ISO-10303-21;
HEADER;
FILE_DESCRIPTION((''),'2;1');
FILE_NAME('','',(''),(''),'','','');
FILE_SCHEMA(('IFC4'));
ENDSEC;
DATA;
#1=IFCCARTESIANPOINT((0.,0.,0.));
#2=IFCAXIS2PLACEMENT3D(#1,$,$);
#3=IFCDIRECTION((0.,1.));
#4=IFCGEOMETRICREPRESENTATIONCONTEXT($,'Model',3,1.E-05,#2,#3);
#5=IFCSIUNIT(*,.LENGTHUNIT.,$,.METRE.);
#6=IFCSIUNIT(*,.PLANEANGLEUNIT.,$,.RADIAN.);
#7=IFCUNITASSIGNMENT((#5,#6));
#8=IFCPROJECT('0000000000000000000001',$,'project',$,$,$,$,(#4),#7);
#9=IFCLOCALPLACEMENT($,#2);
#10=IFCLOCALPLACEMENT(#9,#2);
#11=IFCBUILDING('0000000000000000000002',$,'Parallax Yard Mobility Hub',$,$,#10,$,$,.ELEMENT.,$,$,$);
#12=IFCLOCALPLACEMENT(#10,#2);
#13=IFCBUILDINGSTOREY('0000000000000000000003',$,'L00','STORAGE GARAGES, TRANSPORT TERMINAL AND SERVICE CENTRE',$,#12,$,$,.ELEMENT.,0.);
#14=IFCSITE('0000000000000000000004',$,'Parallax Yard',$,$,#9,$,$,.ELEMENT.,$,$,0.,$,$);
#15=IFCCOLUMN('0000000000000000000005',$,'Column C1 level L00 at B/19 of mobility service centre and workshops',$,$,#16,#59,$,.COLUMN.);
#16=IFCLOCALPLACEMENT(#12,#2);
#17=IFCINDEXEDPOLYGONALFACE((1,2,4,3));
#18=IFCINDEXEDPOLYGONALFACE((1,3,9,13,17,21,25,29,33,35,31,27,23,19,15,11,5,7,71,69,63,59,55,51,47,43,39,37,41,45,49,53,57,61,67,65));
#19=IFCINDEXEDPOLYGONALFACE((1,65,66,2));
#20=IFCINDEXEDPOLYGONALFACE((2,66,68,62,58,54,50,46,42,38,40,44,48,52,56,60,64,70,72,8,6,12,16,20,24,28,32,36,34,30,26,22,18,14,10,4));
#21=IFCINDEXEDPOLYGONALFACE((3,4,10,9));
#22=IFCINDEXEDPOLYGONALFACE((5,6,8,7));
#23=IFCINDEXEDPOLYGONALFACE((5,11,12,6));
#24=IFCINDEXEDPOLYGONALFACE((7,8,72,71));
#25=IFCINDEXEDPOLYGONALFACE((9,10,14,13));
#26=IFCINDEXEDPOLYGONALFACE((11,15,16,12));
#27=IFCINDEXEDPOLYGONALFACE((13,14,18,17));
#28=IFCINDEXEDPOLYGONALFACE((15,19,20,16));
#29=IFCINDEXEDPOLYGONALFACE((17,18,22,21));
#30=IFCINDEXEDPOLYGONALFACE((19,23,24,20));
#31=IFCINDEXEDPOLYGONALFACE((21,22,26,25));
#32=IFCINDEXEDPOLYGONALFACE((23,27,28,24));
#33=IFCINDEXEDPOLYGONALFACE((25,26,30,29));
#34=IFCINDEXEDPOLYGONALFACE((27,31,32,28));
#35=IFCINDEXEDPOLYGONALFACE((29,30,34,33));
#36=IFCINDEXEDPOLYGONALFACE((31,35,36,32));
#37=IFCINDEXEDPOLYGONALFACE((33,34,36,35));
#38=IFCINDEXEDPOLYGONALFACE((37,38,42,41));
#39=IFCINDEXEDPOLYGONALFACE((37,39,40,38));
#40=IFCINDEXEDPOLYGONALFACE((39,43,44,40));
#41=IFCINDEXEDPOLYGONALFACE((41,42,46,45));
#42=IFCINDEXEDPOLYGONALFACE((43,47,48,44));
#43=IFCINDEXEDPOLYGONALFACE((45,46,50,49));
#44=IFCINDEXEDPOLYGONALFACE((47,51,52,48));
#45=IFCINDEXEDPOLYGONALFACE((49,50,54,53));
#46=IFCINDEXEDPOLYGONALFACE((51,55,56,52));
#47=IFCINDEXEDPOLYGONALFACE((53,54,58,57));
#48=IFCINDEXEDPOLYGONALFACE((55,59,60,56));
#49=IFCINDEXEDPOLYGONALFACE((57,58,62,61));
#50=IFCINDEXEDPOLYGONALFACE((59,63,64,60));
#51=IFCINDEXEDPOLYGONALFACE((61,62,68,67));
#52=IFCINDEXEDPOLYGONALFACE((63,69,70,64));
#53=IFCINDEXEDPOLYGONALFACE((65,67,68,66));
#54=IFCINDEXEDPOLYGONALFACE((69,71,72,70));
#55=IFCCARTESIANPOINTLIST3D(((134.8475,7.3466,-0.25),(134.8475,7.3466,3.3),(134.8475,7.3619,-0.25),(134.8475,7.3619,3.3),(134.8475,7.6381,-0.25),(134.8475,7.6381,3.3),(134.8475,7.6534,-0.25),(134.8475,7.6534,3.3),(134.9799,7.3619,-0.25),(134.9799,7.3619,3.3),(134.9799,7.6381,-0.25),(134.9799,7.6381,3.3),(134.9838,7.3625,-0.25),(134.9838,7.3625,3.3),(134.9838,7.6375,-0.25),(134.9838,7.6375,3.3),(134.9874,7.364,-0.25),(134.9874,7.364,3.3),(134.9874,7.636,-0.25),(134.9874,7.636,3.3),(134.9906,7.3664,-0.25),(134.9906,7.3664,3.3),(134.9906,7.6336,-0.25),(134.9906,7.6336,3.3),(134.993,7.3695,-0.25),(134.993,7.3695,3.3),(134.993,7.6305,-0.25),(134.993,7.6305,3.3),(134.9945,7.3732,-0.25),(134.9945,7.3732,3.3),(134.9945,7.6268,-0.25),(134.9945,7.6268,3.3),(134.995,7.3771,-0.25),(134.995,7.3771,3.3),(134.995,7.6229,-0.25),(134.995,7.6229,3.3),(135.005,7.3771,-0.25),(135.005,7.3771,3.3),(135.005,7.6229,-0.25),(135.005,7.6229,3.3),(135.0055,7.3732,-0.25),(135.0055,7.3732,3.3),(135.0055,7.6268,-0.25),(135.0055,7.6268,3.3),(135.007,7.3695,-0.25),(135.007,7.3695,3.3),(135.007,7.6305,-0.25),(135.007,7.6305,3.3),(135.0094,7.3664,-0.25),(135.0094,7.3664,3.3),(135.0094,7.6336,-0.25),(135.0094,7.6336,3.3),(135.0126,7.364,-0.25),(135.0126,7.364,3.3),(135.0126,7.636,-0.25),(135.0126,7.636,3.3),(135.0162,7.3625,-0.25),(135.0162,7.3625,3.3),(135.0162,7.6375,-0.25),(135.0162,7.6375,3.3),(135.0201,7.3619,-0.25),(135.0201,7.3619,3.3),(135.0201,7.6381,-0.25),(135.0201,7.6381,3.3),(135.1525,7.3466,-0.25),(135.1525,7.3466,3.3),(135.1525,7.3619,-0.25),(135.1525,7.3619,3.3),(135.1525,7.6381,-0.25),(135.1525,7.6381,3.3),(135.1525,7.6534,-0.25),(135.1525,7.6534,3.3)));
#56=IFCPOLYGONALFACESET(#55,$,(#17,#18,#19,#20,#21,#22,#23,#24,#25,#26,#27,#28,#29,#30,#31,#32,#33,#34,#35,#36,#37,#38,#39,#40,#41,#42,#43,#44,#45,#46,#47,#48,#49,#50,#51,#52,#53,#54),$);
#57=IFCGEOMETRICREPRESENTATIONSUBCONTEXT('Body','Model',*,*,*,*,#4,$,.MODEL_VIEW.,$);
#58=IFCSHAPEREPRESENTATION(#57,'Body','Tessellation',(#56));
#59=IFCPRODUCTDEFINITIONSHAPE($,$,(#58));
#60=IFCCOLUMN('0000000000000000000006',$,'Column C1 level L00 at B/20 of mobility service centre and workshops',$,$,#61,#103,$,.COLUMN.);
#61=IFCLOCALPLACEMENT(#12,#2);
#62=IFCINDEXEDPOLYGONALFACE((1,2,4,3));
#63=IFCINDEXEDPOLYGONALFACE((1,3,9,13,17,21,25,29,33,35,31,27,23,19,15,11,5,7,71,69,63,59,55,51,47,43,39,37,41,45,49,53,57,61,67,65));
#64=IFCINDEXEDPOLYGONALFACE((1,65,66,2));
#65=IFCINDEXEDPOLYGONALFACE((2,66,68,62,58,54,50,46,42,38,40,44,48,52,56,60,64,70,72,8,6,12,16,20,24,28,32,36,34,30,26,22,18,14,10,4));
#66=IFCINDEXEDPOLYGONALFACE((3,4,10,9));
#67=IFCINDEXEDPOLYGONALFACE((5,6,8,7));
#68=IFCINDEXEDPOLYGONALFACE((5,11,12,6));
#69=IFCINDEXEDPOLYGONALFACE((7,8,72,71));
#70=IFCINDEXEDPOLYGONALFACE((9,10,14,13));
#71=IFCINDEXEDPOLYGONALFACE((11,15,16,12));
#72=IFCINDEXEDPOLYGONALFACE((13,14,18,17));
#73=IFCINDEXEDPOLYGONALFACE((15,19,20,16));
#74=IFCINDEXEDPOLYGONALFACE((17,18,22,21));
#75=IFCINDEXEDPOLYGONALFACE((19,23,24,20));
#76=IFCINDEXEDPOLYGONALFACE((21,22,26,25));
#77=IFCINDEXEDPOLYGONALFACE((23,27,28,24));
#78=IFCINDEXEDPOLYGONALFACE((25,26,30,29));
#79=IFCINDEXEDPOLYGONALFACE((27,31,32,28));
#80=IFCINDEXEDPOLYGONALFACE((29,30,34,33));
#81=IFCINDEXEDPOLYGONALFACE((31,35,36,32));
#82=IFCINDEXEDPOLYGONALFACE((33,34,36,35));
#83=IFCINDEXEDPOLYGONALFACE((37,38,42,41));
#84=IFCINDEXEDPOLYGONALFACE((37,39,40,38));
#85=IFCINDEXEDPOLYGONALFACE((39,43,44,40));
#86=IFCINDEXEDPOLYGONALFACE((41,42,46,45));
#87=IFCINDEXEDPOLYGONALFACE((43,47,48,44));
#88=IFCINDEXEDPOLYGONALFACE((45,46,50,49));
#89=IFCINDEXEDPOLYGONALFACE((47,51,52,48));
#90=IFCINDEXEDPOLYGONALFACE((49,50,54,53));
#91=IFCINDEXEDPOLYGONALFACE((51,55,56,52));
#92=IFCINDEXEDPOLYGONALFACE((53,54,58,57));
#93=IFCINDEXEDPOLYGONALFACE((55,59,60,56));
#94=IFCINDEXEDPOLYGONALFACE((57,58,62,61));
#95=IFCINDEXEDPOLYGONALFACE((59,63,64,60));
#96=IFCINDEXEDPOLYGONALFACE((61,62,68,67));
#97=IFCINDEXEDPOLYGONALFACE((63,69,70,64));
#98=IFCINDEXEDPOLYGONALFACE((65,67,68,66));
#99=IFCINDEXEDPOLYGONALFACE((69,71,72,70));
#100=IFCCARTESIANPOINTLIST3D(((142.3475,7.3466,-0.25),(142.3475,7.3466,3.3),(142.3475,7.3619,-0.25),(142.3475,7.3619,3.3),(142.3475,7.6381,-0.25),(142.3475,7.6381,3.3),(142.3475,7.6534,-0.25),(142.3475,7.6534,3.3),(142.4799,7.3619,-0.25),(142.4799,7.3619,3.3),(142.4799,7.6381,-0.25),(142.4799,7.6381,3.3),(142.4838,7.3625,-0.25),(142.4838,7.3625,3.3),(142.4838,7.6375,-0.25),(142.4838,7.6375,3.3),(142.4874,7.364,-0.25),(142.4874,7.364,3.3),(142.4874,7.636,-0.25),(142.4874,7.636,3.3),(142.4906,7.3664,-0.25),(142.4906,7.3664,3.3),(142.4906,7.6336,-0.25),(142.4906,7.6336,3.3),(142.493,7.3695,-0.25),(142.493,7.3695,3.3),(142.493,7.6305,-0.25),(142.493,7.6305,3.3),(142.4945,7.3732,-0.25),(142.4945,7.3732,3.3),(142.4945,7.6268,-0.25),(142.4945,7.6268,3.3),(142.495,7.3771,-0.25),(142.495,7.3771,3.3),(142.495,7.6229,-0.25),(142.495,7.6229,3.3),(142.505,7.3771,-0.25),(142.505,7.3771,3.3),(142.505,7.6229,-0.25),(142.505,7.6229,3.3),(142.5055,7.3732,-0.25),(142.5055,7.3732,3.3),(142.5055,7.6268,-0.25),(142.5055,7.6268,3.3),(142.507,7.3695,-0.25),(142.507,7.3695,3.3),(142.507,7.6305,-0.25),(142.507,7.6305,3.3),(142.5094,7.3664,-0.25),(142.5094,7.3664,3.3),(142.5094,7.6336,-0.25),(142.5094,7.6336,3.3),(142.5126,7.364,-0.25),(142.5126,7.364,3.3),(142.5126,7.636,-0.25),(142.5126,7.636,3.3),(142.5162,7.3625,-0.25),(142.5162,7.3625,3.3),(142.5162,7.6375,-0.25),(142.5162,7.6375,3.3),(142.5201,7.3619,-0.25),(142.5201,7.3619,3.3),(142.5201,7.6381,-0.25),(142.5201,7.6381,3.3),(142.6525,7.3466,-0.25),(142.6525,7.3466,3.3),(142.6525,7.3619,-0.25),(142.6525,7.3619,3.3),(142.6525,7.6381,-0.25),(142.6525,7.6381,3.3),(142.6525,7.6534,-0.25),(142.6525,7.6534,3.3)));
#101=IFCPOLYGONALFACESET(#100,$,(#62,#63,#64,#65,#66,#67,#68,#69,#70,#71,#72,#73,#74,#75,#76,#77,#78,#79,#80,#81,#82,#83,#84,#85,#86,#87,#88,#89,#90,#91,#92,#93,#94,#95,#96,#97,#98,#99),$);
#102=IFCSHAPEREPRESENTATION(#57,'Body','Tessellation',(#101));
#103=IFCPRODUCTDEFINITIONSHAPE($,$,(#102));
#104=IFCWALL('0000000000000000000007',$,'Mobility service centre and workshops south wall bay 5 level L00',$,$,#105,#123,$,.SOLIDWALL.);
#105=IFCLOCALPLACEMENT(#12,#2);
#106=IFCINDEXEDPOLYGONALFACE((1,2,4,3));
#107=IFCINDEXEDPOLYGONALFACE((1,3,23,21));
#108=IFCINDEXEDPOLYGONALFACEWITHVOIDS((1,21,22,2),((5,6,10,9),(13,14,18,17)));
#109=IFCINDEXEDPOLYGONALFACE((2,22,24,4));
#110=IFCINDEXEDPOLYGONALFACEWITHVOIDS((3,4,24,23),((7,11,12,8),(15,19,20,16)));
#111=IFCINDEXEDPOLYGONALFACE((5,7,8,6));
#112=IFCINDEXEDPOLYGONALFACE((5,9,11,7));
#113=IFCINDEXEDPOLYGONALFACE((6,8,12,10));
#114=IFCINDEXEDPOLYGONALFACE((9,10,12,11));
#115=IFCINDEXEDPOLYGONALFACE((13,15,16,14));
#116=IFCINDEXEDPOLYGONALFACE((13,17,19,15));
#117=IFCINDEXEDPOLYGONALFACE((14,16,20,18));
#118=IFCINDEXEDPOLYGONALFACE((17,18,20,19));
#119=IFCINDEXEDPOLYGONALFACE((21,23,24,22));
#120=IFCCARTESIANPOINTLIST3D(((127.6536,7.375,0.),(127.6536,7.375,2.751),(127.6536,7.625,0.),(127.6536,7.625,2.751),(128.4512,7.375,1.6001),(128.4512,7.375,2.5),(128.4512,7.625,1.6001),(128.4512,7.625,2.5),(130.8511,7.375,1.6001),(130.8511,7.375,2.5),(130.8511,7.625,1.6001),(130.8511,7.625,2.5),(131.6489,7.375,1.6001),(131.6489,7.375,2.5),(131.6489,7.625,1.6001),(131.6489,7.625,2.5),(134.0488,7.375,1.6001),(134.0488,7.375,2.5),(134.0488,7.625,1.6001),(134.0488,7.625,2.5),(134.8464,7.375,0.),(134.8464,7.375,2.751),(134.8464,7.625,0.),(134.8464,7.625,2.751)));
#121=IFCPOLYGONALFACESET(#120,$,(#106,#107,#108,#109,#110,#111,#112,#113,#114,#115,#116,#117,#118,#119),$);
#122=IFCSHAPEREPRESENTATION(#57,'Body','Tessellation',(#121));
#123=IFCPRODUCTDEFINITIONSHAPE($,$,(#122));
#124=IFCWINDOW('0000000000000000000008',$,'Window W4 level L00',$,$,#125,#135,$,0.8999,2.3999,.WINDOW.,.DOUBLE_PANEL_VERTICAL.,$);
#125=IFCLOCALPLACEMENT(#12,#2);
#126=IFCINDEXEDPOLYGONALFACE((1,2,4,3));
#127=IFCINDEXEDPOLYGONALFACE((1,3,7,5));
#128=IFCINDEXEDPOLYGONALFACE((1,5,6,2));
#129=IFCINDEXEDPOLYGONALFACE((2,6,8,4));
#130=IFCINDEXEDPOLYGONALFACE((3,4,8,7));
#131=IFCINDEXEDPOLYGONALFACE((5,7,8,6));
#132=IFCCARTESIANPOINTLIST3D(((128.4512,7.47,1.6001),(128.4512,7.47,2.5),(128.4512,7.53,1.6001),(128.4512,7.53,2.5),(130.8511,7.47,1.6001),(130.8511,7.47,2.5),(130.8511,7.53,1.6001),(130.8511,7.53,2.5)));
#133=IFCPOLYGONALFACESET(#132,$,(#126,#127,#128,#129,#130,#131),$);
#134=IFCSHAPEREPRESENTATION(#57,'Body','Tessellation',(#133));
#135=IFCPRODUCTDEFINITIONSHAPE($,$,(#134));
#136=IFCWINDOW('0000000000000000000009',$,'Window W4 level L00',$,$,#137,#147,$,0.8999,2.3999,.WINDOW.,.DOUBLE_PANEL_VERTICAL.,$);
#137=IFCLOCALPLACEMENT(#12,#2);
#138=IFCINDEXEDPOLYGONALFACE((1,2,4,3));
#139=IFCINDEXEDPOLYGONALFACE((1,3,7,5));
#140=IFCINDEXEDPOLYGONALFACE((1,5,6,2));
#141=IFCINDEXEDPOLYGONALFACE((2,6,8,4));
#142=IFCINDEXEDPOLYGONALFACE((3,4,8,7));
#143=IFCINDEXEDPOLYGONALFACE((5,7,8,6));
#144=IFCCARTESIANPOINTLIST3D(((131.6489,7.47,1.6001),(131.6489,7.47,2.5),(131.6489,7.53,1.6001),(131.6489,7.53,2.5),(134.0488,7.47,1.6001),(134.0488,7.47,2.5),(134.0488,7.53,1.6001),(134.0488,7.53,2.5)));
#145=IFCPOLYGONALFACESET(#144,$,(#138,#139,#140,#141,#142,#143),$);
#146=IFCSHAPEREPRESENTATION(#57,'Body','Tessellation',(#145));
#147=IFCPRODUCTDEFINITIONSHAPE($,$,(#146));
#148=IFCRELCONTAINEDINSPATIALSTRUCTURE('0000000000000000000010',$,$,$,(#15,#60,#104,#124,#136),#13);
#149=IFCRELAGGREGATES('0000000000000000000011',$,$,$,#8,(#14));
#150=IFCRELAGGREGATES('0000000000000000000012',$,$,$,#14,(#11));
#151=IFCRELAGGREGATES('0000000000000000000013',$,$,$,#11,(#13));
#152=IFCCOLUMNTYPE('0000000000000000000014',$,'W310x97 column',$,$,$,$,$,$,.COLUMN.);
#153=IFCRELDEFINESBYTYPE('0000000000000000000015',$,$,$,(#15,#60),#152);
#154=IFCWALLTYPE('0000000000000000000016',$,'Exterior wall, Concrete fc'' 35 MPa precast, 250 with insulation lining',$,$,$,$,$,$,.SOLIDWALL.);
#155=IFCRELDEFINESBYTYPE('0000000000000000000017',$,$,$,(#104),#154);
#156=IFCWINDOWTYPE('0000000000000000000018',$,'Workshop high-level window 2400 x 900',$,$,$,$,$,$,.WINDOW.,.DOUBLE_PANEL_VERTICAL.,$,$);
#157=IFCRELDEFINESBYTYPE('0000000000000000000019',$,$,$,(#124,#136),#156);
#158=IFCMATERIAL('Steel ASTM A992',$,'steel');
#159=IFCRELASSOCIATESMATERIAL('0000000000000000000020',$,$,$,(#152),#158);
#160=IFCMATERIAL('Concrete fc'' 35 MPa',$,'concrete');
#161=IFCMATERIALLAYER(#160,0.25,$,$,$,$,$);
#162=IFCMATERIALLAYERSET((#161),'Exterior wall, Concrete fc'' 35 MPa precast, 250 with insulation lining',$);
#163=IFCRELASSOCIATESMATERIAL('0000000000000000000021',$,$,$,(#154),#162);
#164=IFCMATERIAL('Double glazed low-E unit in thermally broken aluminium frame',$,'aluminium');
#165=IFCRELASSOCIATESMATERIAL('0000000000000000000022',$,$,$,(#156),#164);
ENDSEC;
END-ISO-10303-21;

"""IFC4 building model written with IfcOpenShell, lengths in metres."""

from ifc_helpers import new_model, si_unit, direction, frame, frame_2d, origin, origin_2d, place, context, subcontext, project, spatial, rectangle, i_section, extrude, material, layer, layer_set, material_profile, profile_set, type_object, element, fill, save


model = new_model("IFC4")

# Units and contexts
model_context = context("Model", 3, precision=1e-05, world=origin(), true_north=direction((0.0, 1.0)))
body_context = subcontext(model_context, "Body", "Model", "MODEL_VIEW")
ifc_project = project(units=[si_unit("LENGTHUNIT", "METRE"), si_unit("PLANEANGLEUNIT", "RADIAN")], contexts=[model_context])

# Site, building, storey
site_placement = place(None, origin())
site = spatial("IfcSite", under=ifc_project, at=site_placement, Name="Parallax Yard", CompositionType="ELEMENT", RefElevation=0.0)
building_placement = place(site_placement, origin())
building = spatial("IfcBuilding", under=site, at=building_placement, Name="Parallax Yard Mobility Hub", CompositionType="ELEMENT")
storey_placement = place(building_placement, origin())
storey = spatial("IfcBuildingStorey", under=building, at=storey_placement, Name="L00", Description="STORAGE GARAGES, TRANSPORT TERMINAL AND SERVICE CENTRE", CompositionType="ELEMENT", Elevation=0.0)

# Columns
ifc_material_1 = material(Name="Steel ASTM A992", Category="steel")
ifc_material_profile_1 = material_profile(ifc_material_1, i_section(OverallWidth=0.3049, OverallDepth=0.3069, WebThickness=0.01, FlangeThickness=0.0154, FilletRadius=0.0151, at=origin_2d()), Name="W310x97")
ifc_profile_set_1 = profile_set([ifc_material_profile_1], Name="Steel ASTM A992")
column_type_1 = type_object("IfcColumnType", Name="W310x97 column", PredefinedType="COLUMN", material=ifc_profile_set_1)
for number, where, z_axis, x_axis, name in (
    (1, (135.0, 7.5, -0.25), (0.0, 0.0, 1.0), (1.0, 0.0, 0.0), "Column C1 level L00 at B/19 of mobility service centre and workshops"),
    (2, (142.5, 7.5, -0.25), (0.0, 0.0, 1.0), (1.0, 0.0, 0.0), "Column C1 level L00 at B/20 of mobility service centre and workshops"),
):
    element("IfcColumn", number, at=place(storey_placement, frame(where, z_axis=z_axis, x_axis=x_axis)), inside=storey, type_object=column_type_1, Name=name, PredefinedType="COLUMN", context=body_context, shape_type="SweptSolid", body=[
        extrude(i_section(OverallWidth=0.3049, OverallDepth=0.3069, WebThickness=0.01, FlangeThickness=0.0154, FilletRadius=0.0151, at=origin_2d()), origin(), (0.0, 0.0, 1.0), 3.55),
    ])

# Wall, openings, windows
ifc_material_2 = material(Name="Concrete fc' 35 MPa", Category="concrete")
ifc_layer = layer(ifc_material_2, 0.25)
ifc_layer_set = layer_set([ifc_layer], Name="Exterior wall, Concrete fc' 35 MPa precast, 250 with insulation lining")
wall_type = type_object("IfcWallType", Name="Exterior wall, Concrete fc' 35 MPa precast, 250 with insulation lining", PredefinedType="SOLIDWALL", material=ifc_layer_set)
wall_1_placement = place(storey_placement, frame((127.6536, 7.5, 0.0), z_axis=(0.0, 0.0, 1.0), x_axis=(1.0, 0.0, 0.0)))
wall_1 = element("IfcWall", 3, at=wall_1_placement, inside=storey, type_object=wall_type, Name="Mobility service centre and workshops south wall bay 5 level L00", PredefinedType="SOLIDWALL", context=body_context, shape_type="SweptSolid", body=[
    extrude(rectangle(XDim=7.1929, YDim=0.25, at=frame_2d((3.5964, 0.0))), origin(), (0.0, 0.0, 1.0), 2.751),
])
opening_1_placement = place(wall_1_placement, frame((0.7976, 0.0, 1.6001)))
opening_1 = element("IfcOpeningElement", 4, at=opening_1_placement, cuts=wall_1, PredefinedType="OPENING", context=body_context, shape_type="SweptSolid", body=[
    extrude(rectangle(XDim=2.3999, YDim=0.8999, at=frame_2d((1.2, 0.45))), frame((0.0, 0.135, 0.0), z_axis=(0.0, -1.0, 0.0), x_axis=(1.0, 0.0, 0.0)), (0.0, 0.0, 1.0), 0.27),
])
opening_2_placement = place(wall_1_placement, frame((3.9954, 0.0, 1.6001)))
opening_2 = element("IfcOpeningElement", 5, at=opening_2_placement, cuts=wall_1, PredefinedType="OPENING", context=body_context, shape_type="SweptSolid", body=[
    extrude(rectangle(XDim=2.3999, YDim=0.8999, at=frame_2d((1.2, 0.45))), frame((0.0, 0.135, 0.0), z_axis=(0.0, -1.0, 0.0), x_axis=(1.0, 0.0, 0.0)), (0.0, 0.0, 1.0), 0.27),
])
ifc_material_3 = material(Name="Double glazed low-E unit in thermally broken aluminium frame", Category="aluminium")
window_type = type_object("IfcWindowType", Name="Workshop high-level window 2400 x 900", PartitioningType="DOUBLE_PANEL_VERTICAL", PredefinedType="WINDOW", material=ifc_material_3)
window_1_placement = place(opening_1_placement, origin())
window_1 = element("IfcWindow", 6, at=window_1_placement, inside=storey, type_object=window_type, Name="Window W4 level L00", OverallHeight=0.8999, OverallWidth=2.3999, PartitioningType="DOUBLE_PANEL_VERTICAL", PredefinedType="WINDOW", context=body_context, shape_type="SweptSolid", body=[
    extrude(rectangle(XDim=2.3999, YDim=0.8999, at=frame_2d((1.2, 0.45))), frame((0.0, 0.03, 0.0), z_axis=(0.0, -1.0, 0.0), x_axis=(1.0, 0.0, 0.0)), (0.0, 0.0, 1.0), 0.0601),
])
fill(opening_1, window_1)
window_2_placement = place(opening_2_placement, origin())
window_2 = element("IfcWindow", 7, at=window_2_placement, inside=storey, type_object=window_type, Name="Window W4 level L00", OverallHeight=0.8999, OverallWidth=2.3999, PartitioningType="DOUBLE_PANEL_VERTICAL", PredefinedType="WINDOW", context=body_context, shape_type="SweptSolid", body=[
    extrude(rectangle(XDim=2.3999, YDim=0.8999, at=frame_2d((1.2, 0.45))), frame((0.0, 0.03, 0.0), z_axis=(0.0, -1.0, 0.0), x_axis=(1.0, 0.0, 0.0)), (0.0, 0.0, 1.0), 0.0601),
])
fill(opening_2, window_2)

save(model, "model.ifc")
